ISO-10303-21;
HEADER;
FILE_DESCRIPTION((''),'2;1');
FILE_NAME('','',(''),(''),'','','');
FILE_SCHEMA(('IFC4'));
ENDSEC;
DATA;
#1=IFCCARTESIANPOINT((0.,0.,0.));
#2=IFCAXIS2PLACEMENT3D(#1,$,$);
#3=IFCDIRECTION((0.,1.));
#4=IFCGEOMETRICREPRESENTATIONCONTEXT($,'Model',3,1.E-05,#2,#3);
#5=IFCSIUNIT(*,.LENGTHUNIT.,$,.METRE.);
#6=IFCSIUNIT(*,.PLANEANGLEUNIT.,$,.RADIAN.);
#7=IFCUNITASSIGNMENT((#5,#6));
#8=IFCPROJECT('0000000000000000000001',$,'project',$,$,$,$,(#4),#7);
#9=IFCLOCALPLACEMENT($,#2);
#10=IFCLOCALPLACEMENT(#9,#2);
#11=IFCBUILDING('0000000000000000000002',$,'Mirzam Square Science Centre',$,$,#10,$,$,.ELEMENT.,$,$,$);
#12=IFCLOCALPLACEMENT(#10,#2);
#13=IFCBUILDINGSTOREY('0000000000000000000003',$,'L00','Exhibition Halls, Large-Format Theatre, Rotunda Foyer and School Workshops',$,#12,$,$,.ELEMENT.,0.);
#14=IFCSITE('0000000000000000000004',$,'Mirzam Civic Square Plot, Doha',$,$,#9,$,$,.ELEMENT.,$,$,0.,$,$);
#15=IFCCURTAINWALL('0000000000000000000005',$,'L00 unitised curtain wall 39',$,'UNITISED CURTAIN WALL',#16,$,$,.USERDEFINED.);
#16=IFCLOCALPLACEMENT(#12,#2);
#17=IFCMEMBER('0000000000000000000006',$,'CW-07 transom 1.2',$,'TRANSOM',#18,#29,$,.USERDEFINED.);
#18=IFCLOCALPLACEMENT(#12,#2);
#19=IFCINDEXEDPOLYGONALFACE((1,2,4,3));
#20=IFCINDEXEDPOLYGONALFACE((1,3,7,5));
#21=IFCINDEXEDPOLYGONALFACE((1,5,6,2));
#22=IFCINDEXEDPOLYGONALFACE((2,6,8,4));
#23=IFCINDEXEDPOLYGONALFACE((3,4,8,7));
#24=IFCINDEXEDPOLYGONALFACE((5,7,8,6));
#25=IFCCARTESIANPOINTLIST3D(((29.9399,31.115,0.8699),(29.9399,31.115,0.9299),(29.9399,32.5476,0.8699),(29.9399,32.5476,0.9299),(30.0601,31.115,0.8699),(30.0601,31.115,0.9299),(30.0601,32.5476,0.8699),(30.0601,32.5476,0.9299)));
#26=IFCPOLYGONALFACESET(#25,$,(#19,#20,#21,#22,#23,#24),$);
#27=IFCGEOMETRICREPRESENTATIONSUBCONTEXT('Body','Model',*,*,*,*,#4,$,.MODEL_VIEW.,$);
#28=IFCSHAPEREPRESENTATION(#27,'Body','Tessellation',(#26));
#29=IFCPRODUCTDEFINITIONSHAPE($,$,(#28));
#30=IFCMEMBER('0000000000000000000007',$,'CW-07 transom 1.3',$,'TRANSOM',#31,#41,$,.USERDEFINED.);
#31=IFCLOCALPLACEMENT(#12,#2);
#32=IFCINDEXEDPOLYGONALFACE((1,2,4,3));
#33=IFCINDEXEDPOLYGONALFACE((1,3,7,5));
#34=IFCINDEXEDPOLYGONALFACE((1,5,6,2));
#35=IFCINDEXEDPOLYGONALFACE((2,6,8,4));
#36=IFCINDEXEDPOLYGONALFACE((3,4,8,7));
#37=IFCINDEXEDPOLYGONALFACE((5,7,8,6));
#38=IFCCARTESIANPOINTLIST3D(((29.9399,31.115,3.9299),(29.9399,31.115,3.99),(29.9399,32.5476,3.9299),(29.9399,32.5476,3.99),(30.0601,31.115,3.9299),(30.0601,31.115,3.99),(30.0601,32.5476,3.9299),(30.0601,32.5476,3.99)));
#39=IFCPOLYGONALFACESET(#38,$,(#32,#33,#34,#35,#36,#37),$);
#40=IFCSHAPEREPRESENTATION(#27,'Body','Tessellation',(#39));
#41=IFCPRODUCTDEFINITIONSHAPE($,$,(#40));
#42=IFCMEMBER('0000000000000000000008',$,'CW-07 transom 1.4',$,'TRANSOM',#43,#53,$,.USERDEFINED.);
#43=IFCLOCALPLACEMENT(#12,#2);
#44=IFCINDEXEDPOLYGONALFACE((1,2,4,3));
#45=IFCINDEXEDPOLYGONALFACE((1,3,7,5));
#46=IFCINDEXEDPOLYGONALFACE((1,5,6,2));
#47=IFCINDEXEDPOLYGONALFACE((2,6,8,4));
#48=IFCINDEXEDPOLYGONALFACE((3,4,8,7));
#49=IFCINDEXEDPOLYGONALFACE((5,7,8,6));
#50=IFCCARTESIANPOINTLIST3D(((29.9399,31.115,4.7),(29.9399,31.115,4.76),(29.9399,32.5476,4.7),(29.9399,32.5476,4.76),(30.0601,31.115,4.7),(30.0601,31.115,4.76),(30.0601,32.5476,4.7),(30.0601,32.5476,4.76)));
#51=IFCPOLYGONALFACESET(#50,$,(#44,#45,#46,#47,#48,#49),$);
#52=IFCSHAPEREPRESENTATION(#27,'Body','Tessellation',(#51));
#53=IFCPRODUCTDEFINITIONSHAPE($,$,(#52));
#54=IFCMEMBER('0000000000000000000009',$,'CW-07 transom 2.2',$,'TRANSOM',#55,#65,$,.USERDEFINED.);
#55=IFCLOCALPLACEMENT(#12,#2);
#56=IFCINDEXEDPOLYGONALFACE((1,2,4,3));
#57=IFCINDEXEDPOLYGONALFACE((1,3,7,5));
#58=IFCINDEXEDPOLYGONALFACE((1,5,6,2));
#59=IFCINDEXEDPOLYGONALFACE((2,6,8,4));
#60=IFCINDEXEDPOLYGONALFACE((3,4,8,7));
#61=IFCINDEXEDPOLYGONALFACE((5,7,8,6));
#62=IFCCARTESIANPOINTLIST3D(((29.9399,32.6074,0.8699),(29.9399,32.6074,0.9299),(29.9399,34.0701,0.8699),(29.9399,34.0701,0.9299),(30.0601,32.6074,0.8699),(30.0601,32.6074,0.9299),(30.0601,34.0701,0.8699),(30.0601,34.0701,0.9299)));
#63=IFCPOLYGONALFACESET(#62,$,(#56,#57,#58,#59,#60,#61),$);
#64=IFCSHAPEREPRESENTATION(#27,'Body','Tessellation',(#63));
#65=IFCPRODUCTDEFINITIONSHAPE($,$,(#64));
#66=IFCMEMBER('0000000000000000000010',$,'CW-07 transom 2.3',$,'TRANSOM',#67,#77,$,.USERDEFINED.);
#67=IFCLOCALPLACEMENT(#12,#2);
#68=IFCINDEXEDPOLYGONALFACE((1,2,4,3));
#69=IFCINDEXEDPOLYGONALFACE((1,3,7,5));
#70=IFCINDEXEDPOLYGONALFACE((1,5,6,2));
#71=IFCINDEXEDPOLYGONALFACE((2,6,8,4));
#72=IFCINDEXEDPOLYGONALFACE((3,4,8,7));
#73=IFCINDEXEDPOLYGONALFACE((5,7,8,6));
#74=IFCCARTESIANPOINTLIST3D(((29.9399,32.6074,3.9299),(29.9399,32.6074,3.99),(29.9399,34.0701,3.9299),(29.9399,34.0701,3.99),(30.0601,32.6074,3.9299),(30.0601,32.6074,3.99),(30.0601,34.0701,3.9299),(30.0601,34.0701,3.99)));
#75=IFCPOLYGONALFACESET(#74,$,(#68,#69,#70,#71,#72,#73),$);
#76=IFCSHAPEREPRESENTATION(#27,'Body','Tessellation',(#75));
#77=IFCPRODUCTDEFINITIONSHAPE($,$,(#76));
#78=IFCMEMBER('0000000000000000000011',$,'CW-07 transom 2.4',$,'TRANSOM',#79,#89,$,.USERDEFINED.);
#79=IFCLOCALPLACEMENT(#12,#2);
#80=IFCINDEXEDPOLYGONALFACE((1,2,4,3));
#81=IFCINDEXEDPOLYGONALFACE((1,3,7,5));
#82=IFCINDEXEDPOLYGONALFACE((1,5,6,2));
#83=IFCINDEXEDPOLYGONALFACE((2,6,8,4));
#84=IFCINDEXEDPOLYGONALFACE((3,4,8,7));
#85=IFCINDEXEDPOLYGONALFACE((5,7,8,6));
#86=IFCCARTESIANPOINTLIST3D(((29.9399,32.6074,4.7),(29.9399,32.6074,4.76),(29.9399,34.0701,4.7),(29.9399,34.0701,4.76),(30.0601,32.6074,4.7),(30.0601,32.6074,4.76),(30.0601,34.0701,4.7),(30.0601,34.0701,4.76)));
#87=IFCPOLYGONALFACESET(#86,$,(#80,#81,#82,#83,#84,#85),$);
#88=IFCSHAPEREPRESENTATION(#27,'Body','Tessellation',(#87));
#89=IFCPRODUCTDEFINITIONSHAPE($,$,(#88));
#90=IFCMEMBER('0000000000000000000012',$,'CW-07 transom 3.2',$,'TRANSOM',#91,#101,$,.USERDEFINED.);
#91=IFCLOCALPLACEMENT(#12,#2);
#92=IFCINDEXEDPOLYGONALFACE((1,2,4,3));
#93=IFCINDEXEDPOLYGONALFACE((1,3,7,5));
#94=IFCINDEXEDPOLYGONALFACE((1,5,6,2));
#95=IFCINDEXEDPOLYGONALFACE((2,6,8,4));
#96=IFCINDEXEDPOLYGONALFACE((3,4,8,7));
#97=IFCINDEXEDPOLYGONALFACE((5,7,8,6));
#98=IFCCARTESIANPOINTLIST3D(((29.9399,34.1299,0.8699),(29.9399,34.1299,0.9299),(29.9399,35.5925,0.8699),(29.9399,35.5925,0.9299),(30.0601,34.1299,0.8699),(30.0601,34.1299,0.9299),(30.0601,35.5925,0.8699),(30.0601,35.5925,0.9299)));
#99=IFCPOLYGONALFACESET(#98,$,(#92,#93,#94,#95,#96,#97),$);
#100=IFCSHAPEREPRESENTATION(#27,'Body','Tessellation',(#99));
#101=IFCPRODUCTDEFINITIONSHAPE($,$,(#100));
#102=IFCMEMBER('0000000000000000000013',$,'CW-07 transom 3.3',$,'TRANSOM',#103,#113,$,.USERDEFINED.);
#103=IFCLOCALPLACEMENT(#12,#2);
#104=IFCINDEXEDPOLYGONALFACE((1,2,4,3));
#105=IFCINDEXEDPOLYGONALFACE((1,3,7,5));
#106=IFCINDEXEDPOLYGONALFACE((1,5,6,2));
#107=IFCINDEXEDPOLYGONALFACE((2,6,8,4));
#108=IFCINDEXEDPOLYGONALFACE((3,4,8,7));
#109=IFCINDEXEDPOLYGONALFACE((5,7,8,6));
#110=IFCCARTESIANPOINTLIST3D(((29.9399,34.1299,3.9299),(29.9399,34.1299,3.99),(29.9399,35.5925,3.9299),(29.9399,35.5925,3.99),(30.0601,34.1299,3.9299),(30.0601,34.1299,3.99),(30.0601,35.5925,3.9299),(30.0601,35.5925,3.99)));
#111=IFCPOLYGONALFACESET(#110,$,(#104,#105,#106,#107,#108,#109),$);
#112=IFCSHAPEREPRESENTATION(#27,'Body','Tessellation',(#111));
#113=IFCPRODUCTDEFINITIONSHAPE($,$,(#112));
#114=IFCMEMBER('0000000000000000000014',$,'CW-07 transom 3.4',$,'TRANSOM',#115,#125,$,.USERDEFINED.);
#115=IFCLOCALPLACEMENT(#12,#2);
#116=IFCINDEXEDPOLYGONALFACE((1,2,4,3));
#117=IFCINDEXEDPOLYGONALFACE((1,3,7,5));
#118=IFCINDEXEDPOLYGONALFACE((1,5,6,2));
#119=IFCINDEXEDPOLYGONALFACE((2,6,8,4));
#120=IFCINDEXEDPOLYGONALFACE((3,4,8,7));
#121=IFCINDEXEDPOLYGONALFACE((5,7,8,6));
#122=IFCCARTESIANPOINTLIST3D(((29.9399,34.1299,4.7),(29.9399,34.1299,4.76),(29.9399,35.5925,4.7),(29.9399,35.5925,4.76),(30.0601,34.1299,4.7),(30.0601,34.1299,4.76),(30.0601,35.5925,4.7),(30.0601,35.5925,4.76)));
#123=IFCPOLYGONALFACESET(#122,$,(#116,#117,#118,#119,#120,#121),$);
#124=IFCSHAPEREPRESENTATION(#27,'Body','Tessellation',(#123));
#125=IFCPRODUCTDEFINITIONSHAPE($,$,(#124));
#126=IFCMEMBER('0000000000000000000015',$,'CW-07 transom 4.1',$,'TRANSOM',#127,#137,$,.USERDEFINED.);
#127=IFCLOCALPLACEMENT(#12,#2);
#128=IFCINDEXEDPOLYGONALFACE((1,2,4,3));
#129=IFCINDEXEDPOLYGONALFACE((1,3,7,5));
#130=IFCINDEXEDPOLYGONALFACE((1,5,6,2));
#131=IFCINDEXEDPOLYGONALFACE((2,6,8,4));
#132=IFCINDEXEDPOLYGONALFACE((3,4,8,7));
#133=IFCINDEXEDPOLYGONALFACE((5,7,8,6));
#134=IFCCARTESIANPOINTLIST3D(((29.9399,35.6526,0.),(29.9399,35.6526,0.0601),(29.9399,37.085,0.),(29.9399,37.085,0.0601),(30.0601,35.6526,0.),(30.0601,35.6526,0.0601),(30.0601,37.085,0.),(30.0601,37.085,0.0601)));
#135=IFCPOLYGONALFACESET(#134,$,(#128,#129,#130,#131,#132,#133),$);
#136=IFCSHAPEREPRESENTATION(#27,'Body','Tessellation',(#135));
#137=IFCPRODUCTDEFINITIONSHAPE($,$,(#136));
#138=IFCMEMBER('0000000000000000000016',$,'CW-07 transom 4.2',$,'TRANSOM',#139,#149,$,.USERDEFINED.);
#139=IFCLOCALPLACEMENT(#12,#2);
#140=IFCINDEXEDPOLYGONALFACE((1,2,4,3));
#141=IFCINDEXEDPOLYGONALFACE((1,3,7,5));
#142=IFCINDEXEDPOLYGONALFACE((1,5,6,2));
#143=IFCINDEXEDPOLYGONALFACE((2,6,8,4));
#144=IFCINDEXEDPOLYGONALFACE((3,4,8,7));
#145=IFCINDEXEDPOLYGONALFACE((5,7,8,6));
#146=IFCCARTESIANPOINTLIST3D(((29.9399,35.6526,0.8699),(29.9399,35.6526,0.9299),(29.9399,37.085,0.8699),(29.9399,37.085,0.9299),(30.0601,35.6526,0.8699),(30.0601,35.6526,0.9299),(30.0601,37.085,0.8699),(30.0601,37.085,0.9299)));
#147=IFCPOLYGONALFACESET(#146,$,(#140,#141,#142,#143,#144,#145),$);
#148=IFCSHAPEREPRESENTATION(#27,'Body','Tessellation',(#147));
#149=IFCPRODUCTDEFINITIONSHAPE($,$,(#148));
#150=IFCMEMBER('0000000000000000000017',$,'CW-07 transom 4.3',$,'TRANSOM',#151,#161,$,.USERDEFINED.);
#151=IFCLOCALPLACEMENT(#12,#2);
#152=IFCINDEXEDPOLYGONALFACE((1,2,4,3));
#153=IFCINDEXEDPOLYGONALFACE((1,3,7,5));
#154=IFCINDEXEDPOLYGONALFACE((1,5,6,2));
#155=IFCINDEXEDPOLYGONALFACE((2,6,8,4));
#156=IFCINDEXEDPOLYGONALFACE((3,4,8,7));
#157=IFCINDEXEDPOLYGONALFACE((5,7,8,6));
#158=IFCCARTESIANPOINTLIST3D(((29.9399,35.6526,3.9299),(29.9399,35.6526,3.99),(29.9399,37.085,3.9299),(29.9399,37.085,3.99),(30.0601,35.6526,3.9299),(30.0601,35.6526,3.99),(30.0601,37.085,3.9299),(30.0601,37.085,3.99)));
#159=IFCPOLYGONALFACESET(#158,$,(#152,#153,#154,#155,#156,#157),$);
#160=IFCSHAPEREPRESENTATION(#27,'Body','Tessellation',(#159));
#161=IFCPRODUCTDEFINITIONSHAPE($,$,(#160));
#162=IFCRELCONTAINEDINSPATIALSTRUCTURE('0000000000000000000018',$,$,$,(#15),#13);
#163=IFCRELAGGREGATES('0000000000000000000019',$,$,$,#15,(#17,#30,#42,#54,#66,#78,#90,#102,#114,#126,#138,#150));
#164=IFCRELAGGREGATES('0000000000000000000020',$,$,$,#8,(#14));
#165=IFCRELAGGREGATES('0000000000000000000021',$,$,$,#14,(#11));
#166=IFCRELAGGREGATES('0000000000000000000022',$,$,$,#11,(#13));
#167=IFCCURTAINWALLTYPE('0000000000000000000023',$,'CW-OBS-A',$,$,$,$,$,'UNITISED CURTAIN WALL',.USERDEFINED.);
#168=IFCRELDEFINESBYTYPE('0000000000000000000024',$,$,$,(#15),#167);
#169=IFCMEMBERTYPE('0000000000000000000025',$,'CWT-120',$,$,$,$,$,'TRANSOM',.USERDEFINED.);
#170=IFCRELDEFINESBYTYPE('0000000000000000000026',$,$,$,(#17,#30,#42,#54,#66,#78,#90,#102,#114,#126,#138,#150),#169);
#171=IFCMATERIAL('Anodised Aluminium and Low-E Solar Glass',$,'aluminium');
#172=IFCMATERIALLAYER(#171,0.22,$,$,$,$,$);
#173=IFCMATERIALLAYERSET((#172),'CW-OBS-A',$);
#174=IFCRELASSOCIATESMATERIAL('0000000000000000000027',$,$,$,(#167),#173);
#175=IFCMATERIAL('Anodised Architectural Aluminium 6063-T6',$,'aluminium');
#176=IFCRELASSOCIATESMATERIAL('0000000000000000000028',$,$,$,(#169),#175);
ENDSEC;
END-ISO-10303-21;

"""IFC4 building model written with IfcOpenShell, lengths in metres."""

from ifc_helpers import new_model, si_unit, direction, frame, origin, origin_2d, place, context, subcontext, project, spatial, rectangle, extrude, material, layer, layer_set, material_profile, profile_set, type_object, element, aggregate, save


model = new_model("IFC4")

# Units and contexts
model_context = context("Model", 3, precision=1e-05, world=origin(), true_north=direction((0.0, 1.0)))
body_context = subcontext(model_context, "Body", "Model", "MODEL_VIEW")
ifc_project = project(units=[si_unit("LENGTHUNIT", "METRE"), si_unit("PLANEANGLEUNIT", "RADIAN")], contexts=[model_context])

# Site, building, storey
site_placement = place(None, origin())
site = spatial("IfcSite", under=ifc_project, at=site_placement, Name="Mirzam Civic Square Plot, Doha", CompositionType="ELEMENT", RefElevation=0.0)
building_placement = place(site_placement, origin())
building = spatial("IfcBuilding", under=site, at=building_placement, Name="Mirzam Square Science Centre", CompositionType="ELEMENT")
storey_placement = place(building_placement, origin())
storey = spatial("IfcBuildingStorey", under=building, at=storey_placement, Name="L00", Description="Exhibition Halls, Large-Format Theatre, Rotunda Foyer and School Workshops", CompositionType="ELEMENT", Elevation=0.0)

# Curtain wall, members
ifc_material_1 = material(Name="Anodised Aluminium and Low-E Solar Glass", Category="aluminium")
ifc_layer_1 = layer(ifc_material_1, 0.22)
ifc_layer_set_1 = layer_set([ifc_layer_1], Name="CW-OBS-A")
curtain_wall_type = type_object("IfcCurtainWallType", Name="CW-OBS-A", ElementType="UNITISED CURTAIN WALL", PredefinedType="USERDEFINED", material=ifc_layer_set_1)
curtain_wall_placement = place(storey_placement, origin())
curtain_wall = element("IfcCurtainWall", 1, at=curtain_wall_placement, inside=storey, type_object=curtain_wall_type, Name="L00 unitised curtain wall 39", ObjectType="UNITISED CURTAIN WALL", PredefinedType="USERDEFINED")
ifc_material_2 = material(Name="Anodised Architectural Aluminium 6063-T6", Category="aluminium")
ifc_material_profile_1 = material_profile(ifc_material_2, rectangle(XDim=0.1201, YDim=0.0601, at=origin_2d()), Name="ALU-TRAN-120x60x4")
ifc_profile_set_1 = profile_set([ifc_material_profile_1], Name="Anodised Architectural Aluminium 6063-T6")
member_type = type_object("IfcMemberType", Name="CWT-120", ElementType="TRANSOM", PredefinedType="USERDEFINED", material=ifc_profile_set_1)
member_1_placement = place(storey_placement, frame((30.0, 31.115, 0.8999), z_axis=(0.0, 1.0, 0.0), x_axis=(-1.0, 0.0, 0.0)))
member_1 = element("IfcMember", 2, at=member_1_placement, type_object=member_type, Name="CW-07 transom 1.2", ObjectType="TRANSOM", PredefinedType="USERDEFINED", context=body_context, shape_type="SweptSolid", body=[
    extrude(rectangle(XDim=0.1201, YDim=0.0601, at=origin_2d()), origin(), (0.0, 0.0, 1.0), 1.4326),
])
member_2_placement = place(storey_placement, frame((30.0, 31.115, 3.96), z_axis=(0.0, 1.0, 0.0), x_axis=(-1.0, 0.0, 0.0)))
member_2 = element("IfcMember", 3, at=member_2_placement, type_object=member_type, Name="CW-07 transom 1.3", ObjectType="TRANSOM", PredefinedType="USERDEFINED", context=body_context, shape_type="SweptSolid", body=[
    extrude(rectangle(XDim=0.1201, YDim=0.0601, at=origin_2d()), origin(), (0.0, 0.0, 1.0), 1.4326),
])
member_3_placement = place(storey_placement, frame((30.0, 31.115, 4.73), z_axis=(0.0, 1.0, 0.0), x_axis=(-1.0, 0.0, 0.0)))
member_3 = element("IfcMember", 4, at=member_3_placement, type_object=member_type, Name="CW-07 transom 1.4", ObjectType="TRANSOM", PredefinedType="USERDEFINED", context=body_context, shape_type="SweptSolid", body=[
    extrude(rectangle(XDim=0.1201, YDim=0.0601, at=origin_2d()), origin(), (0.0, 0.0, 1.0), 1.4326),
])
member_4_placement = place(storey_placement, frame((30.0, 32.6074, 0.8999), z_axis=(0.0, 1.0, 0.0), x_axis=(-1.0, 0.0, 0.0)))
member_4 = element("IfcMember", 5, at=member_4_placement, type_object=member_type, Name="CW-07 transom 2.2", ObjectType="TRANSOM", PredefinedType="USERDEFINED", context=body_context, shape_type="SweptSolid", body=[
    extrude(rectangle(XDim=0.1201, YDim=0.0601, at=origin_2d()), origin(), (0.0, 0.0, 1.0), 1.4626),
])
member_5_placement = place(storey_placement, frame((30.0, 32.6074, 3.96), z_axis=(0.0, 1.0, 0.0), x_axis=(-1.0, 0.0, 0.0)))
member_5 = element("IfcMember", 6, at=member_5_placement, type_object=member_type, Name="CW-07 transom 2.3", ObjectType="TRANSOM", PredefinedType="USERDEFINED", context=body_context, shape_type="SweptSolid", body=[
    extrude(rectangle(XDim=0.1201, YDim=0.0601, at=origin_2d()), origin(), (0.0, 0.0, 1.0), 1.4626),
])
member_6_placement = place(storey_placement, frame((30.0, 32.6074, 4.73), z_axis=(0.0, 1.0, 0.0), x_axis=(-1.0, 0.0, 0.0)))
member_6 = element("IfcMember", 7, at=member_6_placement, type_object=member_type, Name="CW-07 transom 2.4", ObjectType="TRANSOM", PredefinedType="USERDEFINED", context=body_context, shape_type="SweptSolid", body=[
    extrude(rectangle(XDim=0.1201, YDim=0.0601, at=origin_2d()), origin(), (0.0, 0.0, 1.0), 1.4626),
])
member_7_placement = place(storey_placement, frame((30.0, 34.1299, 0.8999), z_axis=(0.0, 1.0, 0.0), x_axis=(-1.0, 0.0, 0.0)))
member_7 = element("IfcMember", 8, at=member_7_placement, type_object=member_type, Name="CW-07 transom 3.2", ObjectType="TRANSOM", PredefinedType="USERDEFINED", context=body_context, shape_type="SweptSolid", body=[
    extrude(rectangle(XDim=0.1201, YDim=0.0601, at=origin_2d()), origin(), (0.0, 0.0, 1.0), 1.4626),
])
member_8_placement = place(storey_placement, frame((30.0, 34.1299, 3.96), z_axis=(0.0, 1.0, 0.0), x_axis=(-1.0, 0.0, 0.0)))
member_8 = element("IfcMember", 9, at=member_8_placement, type_object=member_type, Name="CW-07 transom 3.3", ObjectType="TRANSOM", PredefinedType="USERDEFINED", context=body_context, shape_type="SweptSolid", body=[
    extrude(rectangle(XDim=0.1201, YDim=0.0601, at=origin_2d()), origin(), (0.0, 0.0, 1.0), 1.4626),
])
member_9_placement = place(storey_placement, frame((30.0, 34.1299, 4.73), z_axis=(0.0, 1.0, 0.0), x_axis=(-1.0, 0.0, 0.0)))
member_9 = element("IfcMember", 10, at=member_9_placement, type_object=member_type, Name="CW-07 transom 3.4", ObjectType="TRANSOM", PredefinedType="USERDEFINED", context=body_context, shape_type="SweptSolid", body=[
    extrude(rectangle(XDim=0.1201, YDim=0.0601, at=origin_2d()), origin(), (0.0, 0.0, 1.0), 1.4626),
])
member_10_placement = place(storey_placement, frame((30.0, 35.6526, 0.03), z_axis=(0.0, 1.0, 0.0), x_axis=(-1.0, 0.0, 0.0)))
member_10 = element("IfcMember", 11, at=member_10_placement, type_object=member_type, Name="CW-07 transom 4.1", ObjectType="TRANSOM", PredefinedType="USERDEFINED", context=body_context, shape_type="SweptSolid", body=[
    extrude(rectangle(XDim=0.1201, YDim=0.0601, at=origin_2d()), origin(), (0.0, 0.0, 1.0), 1.4324),
])
member_11_placement = place(storey_placement, frame((30.0, 35.6526, 0.8999), z_axis=(0.0, 1.0, 0.0), x_axis=(-1.0, 0.0, 0.0)))
member_11 = element("IfcMember", 12, at=member_11_placement, type_object=member_type, Name="CW-07 transom 4.2", ObjectType="TRANSOM", PredefinedType="USERDEFINED", context=body_context, shape_type="SweptSolid", body=[
    extrude(rectangle(XDim=0.1201, YDim=0.0601, at=origin_2d()), origin(), (0.0, 0.0, 1.0), 1.4324),
])
member_12_placement = place(storey_placement, frame((30.0, 35.6526, 3.96), z_axis=(0.0, 1.0, 0.0), x_axis=(-1.0, 0.0, 0.0)))
member_12 = element("IfcMember", 13, at=member_12_placement, type_object=member_type, Name="CW-07 transom 4.3", ObjectType="TRANSOM", PredefinedType="USERDEFINED", context=body_context, shape_type="SweptSolid", body=[
    extrude(rectangle(XDim=0.1201, YDim=0.0601, at=origin_2d()), origin(), (0.0, 0.0, 1.0), 1.4324),
])

aggregate(curtain_wall, [member_1, member_2, member_3, member_4, member_5, member_6, member_7, member_8, member_9, member_10, member_11, member_12])

save(model, "model.ifc")
